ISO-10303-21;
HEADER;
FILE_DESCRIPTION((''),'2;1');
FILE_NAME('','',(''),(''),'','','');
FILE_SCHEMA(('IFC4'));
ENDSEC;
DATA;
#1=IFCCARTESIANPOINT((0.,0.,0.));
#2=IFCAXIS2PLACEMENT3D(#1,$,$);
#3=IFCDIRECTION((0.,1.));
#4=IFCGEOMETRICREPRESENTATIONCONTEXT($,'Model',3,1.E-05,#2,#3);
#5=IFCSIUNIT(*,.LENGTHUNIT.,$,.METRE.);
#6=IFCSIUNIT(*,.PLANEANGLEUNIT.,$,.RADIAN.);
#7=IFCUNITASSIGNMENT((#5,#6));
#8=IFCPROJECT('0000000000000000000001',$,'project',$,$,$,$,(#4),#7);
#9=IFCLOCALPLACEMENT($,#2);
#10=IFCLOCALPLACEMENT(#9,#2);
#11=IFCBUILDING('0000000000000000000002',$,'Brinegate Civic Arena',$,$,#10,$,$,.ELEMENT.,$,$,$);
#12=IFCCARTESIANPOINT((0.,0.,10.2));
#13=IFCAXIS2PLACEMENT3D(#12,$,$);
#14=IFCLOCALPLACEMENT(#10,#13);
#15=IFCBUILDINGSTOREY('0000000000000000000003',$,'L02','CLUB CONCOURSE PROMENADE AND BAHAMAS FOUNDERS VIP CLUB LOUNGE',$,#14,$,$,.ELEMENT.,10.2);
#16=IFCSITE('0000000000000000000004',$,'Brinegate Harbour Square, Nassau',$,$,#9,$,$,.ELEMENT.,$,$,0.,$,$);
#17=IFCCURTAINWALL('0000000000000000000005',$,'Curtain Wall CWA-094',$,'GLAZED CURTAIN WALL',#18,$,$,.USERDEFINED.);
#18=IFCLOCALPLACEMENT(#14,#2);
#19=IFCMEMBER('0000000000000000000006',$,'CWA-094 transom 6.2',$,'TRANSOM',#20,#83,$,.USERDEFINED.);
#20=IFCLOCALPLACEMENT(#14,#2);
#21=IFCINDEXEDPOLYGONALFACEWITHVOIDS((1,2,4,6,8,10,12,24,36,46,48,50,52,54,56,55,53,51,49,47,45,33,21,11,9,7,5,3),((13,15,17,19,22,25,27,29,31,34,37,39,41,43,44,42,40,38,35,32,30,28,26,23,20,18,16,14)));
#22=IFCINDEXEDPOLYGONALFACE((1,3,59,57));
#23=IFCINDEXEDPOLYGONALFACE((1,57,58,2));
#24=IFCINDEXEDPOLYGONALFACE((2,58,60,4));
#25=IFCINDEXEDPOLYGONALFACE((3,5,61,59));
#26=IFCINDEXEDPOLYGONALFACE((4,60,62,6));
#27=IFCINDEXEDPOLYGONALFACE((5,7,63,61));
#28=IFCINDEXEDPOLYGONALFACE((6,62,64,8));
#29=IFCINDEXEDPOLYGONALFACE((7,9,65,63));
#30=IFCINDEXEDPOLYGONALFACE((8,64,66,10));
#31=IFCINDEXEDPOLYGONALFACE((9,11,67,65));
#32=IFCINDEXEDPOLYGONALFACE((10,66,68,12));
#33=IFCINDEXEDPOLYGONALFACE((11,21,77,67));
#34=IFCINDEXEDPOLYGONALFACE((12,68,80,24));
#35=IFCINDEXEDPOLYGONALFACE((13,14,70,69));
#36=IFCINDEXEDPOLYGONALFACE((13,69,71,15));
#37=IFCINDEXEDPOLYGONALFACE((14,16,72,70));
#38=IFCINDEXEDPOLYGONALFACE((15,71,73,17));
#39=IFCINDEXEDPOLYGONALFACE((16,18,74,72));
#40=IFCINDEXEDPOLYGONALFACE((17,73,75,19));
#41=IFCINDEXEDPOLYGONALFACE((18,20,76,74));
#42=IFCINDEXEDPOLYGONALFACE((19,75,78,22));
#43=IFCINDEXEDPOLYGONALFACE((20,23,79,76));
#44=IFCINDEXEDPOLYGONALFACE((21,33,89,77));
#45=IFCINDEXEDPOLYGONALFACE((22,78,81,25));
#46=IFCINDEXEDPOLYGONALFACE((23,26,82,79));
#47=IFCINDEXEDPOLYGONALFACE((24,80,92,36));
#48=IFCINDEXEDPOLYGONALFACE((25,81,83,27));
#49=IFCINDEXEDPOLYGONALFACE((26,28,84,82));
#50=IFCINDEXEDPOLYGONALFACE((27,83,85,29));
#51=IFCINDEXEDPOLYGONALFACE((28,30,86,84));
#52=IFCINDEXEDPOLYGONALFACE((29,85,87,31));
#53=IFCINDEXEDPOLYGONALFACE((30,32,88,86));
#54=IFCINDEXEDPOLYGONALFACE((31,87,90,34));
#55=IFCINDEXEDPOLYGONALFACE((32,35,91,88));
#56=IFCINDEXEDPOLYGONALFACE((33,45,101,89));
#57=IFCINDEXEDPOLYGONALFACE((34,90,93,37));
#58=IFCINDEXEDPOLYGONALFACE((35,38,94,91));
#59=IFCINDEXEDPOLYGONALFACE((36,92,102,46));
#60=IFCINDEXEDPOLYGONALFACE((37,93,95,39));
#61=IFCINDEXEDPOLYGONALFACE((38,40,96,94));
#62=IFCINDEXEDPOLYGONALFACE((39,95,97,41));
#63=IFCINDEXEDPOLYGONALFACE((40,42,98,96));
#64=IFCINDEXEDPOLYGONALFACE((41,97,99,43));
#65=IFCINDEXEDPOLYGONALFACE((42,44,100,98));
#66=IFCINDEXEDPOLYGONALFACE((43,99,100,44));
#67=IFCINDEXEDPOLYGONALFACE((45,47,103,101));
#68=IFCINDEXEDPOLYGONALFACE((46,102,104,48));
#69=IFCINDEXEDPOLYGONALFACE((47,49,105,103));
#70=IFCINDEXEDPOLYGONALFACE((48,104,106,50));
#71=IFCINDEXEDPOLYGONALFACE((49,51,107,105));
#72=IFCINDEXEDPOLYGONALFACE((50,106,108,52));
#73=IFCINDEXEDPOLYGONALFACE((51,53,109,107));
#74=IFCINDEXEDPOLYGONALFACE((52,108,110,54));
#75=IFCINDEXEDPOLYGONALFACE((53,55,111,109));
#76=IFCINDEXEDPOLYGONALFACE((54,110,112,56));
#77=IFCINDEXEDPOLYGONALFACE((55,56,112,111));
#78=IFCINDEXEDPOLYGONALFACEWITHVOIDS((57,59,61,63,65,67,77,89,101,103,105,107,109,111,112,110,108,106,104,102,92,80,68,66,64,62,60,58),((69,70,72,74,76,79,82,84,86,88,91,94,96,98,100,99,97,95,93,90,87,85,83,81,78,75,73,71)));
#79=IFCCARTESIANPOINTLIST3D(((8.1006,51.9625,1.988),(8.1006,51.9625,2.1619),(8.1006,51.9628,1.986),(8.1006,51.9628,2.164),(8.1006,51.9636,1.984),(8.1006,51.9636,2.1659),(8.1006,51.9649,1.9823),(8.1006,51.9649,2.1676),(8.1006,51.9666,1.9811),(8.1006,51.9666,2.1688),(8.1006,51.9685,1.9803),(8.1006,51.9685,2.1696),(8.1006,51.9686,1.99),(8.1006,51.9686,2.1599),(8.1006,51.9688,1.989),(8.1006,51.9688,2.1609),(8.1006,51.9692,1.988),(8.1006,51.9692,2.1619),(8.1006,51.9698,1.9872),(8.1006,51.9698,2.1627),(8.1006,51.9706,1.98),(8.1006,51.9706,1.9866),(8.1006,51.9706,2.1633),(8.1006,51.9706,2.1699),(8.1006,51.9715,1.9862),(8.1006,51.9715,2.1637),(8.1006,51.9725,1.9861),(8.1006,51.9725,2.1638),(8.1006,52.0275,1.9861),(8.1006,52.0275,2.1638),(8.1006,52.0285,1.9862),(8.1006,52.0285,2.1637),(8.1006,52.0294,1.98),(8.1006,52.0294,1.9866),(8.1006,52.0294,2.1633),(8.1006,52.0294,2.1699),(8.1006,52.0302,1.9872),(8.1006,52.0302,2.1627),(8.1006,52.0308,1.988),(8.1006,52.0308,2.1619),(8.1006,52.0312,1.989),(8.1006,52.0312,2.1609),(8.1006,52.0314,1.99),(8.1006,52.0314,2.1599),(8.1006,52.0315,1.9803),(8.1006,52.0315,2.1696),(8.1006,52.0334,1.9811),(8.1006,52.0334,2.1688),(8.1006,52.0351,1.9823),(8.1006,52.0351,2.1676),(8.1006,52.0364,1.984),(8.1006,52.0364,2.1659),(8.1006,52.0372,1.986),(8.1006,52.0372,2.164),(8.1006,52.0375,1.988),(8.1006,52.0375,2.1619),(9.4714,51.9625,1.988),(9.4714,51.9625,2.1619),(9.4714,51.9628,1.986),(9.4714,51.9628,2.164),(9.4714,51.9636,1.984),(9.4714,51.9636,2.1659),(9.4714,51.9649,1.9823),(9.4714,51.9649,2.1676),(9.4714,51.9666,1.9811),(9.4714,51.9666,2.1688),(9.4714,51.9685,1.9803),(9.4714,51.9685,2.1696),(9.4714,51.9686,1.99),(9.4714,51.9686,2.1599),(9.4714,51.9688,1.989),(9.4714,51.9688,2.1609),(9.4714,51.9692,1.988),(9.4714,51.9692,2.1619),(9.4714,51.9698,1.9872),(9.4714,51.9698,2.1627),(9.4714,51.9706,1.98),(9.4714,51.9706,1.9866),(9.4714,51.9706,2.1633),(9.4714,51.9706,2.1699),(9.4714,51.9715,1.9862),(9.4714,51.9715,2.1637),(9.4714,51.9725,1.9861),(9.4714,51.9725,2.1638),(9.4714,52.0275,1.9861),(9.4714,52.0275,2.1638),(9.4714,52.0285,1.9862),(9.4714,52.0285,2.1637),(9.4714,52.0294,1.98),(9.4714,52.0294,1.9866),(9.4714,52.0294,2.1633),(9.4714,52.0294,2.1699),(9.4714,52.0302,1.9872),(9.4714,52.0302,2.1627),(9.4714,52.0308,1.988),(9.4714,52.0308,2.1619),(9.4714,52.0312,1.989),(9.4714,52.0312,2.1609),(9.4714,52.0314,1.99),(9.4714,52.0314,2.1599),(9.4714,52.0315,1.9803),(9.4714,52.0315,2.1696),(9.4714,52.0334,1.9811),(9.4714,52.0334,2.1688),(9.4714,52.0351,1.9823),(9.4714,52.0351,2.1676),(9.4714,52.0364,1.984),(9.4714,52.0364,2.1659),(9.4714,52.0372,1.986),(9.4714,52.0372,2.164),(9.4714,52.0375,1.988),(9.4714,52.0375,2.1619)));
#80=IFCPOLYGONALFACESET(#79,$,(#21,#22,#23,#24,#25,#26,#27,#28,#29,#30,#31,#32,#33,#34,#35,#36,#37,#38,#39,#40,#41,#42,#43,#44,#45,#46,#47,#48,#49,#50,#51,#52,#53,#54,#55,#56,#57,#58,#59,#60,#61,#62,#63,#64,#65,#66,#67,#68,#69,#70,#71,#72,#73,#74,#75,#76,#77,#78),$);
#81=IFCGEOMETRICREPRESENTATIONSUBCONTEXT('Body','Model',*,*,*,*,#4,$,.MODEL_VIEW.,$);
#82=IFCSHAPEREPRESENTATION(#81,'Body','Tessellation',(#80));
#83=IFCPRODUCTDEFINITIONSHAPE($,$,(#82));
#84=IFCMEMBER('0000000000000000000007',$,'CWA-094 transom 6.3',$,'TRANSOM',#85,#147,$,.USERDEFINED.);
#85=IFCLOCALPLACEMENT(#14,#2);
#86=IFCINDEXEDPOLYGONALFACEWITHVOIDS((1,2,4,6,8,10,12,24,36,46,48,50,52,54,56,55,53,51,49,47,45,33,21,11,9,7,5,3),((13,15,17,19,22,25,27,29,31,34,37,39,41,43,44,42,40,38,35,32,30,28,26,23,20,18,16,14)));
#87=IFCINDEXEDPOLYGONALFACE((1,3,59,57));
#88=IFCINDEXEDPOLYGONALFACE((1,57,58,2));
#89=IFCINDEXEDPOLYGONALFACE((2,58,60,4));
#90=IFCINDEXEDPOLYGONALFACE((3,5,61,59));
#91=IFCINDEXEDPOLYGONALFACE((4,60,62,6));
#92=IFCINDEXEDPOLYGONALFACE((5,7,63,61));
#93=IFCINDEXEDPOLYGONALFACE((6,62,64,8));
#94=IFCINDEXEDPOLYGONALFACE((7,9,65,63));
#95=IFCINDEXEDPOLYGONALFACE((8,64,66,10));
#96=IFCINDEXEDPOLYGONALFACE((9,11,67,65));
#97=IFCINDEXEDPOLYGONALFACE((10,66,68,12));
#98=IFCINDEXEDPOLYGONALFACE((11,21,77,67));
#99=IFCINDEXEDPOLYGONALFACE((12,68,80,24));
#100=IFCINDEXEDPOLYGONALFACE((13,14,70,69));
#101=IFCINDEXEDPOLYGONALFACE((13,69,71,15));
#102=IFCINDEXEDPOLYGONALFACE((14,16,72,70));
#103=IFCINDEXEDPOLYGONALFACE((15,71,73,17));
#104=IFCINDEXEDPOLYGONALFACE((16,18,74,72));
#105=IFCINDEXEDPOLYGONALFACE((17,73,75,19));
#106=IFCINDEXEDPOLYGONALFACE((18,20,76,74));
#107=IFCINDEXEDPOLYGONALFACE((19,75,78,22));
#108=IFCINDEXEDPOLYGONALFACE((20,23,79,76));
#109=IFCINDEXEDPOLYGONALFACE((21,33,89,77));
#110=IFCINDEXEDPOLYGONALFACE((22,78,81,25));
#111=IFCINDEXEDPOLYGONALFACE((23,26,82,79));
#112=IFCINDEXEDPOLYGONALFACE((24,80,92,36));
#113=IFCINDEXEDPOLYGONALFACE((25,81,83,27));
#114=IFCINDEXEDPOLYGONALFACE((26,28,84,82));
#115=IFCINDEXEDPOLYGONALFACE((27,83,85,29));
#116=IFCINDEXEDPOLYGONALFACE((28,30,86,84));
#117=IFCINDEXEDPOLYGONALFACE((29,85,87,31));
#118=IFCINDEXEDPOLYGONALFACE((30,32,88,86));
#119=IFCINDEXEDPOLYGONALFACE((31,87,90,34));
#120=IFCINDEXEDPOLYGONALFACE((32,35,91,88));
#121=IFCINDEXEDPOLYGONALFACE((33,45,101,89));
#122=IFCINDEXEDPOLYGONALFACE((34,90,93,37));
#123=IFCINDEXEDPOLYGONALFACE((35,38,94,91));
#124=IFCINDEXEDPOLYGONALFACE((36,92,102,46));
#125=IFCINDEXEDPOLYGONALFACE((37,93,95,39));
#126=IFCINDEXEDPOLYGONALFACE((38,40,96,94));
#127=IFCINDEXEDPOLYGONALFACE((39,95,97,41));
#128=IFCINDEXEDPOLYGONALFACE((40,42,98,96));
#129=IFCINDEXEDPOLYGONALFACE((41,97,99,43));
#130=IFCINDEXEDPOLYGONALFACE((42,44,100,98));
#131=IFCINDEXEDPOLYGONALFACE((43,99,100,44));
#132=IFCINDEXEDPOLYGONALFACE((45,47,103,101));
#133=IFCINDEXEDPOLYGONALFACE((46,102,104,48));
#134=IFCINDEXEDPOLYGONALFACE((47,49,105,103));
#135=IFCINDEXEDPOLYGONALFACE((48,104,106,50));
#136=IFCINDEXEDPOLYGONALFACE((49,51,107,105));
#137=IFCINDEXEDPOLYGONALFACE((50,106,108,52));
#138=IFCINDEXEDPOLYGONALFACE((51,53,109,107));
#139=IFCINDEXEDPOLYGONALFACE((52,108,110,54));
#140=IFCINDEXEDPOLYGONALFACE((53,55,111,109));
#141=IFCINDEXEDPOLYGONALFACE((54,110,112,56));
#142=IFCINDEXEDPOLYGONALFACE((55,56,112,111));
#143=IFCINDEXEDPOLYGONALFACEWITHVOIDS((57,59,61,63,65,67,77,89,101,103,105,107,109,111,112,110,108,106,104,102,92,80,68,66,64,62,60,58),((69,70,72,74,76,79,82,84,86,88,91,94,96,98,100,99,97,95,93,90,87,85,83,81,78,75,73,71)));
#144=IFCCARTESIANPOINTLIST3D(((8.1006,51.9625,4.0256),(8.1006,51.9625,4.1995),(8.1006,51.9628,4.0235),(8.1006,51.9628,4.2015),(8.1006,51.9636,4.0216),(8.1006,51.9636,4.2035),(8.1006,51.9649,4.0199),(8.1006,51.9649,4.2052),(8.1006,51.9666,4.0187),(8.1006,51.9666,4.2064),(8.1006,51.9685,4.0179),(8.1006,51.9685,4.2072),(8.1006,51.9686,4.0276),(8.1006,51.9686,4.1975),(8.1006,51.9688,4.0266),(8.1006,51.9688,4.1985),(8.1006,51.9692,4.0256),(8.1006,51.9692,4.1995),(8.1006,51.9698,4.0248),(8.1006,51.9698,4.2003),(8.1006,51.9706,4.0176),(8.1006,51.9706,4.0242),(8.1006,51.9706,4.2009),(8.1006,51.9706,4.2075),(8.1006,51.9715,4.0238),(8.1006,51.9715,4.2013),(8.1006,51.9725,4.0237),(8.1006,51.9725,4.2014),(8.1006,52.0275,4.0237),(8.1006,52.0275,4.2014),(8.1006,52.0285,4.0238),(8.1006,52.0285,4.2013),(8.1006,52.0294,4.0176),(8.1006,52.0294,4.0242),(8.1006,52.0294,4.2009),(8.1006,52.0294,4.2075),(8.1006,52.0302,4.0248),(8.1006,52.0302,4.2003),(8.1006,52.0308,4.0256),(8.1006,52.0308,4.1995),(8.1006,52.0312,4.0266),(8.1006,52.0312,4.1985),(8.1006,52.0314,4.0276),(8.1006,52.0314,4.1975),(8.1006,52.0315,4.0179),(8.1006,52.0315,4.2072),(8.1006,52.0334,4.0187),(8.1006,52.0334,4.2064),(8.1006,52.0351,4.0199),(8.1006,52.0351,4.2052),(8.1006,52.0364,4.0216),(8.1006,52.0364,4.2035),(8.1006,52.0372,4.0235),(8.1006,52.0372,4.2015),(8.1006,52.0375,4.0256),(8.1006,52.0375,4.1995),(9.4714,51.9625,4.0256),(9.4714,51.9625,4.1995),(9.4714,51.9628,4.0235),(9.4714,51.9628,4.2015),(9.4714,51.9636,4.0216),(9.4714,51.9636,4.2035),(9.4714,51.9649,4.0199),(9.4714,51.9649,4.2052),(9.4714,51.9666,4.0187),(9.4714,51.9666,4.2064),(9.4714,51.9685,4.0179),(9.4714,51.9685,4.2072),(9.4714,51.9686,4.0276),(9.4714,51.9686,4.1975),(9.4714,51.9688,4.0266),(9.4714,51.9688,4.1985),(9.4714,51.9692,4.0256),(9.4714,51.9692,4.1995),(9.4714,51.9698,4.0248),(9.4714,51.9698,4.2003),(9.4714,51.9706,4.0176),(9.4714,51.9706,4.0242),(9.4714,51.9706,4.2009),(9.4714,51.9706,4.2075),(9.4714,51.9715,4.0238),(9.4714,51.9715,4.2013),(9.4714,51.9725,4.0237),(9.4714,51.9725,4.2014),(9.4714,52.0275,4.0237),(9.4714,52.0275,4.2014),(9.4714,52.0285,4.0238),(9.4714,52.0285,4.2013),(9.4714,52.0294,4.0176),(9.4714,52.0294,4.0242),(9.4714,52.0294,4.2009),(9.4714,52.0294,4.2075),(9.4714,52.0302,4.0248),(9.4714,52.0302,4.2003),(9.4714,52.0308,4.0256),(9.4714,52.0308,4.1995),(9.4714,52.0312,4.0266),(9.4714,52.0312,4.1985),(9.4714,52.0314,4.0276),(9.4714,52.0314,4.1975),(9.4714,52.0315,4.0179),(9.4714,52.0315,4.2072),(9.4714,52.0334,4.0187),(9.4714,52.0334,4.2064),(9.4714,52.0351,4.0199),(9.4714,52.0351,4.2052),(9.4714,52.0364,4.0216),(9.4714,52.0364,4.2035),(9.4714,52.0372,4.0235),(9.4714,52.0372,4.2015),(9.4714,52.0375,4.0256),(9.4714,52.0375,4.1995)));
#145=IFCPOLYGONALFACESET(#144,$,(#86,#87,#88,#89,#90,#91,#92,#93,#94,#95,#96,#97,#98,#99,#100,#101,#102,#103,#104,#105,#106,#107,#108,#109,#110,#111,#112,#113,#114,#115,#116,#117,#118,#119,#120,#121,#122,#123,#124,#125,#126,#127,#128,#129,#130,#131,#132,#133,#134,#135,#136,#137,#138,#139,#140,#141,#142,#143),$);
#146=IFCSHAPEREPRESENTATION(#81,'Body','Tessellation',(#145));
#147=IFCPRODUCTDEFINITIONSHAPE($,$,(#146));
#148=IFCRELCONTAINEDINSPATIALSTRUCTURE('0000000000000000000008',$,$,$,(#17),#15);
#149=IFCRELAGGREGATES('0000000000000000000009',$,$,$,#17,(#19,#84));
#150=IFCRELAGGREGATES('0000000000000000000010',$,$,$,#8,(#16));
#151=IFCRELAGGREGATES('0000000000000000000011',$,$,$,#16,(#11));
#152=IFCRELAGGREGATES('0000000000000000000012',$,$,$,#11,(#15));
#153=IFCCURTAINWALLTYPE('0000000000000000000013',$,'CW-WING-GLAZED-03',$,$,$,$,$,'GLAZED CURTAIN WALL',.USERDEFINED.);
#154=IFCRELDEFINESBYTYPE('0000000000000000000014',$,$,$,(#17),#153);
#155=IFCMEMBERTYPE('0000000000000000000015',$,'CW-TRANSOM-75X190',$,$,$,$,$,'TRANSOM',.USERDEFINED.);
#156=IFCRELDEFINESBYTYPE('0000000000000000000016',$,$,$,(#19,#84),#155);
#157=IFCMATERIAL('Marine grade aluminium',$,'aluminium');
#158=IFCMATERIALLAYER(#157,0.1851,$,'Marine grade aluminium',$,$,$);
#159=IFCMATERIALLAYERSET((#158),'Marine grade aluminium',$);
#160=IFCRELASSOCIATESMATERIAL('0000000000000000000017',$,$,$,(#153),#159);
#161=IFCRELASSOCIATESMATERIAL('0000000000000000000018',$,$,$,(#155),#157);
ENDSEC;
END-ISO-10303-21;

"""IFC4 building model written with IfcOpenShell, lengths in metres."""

from ifc_helpers import new_model, si_unit, direction, frame, origin, origin_2d, place, context, subcontext, project, spatial, hollow_rectangle, extrude, material, layer, layer_set, material_profile, profile_set, type_object, element, aggregate, save


model = new_model("IFC4")

# Units and contexts
model_context = context("Model", 3, precision=1e-05, world=origin(), true_north=direction((0.0, 1.0)))
body_context = subcontext(model_context, "Body", "Model", "MODEL_VIEW")
ifc_project = project(units=[si_unit("LENGTHUNIT", "METRE"), si_unit("PLANEANGLEUNIT", "RADIAN")], contexts=[model_context])

# Site, building, storey
site_placement = place(None, origin())
site = spatial("IfcSite", under=ifc_project, at=site_placement, Name="Brinegate Harbour Square, Nassau", CompositionType="ELEMENT", RefElevation=0.0)
building_placement = place(site_placement, origin())
building = spatial("IfcBuilding", under=site, at=building_placement, Name="Brinegate Civic Arena", CompositionType="ELEMENT")
storey_placement = place(building_placement, frame((0.0, 0.0, 10.2)))
storey = spatial("IfcBuildingStorey", under=building, at=storey_placement, Name="L02", Description="CLUB CONCOURSE PROMENADE AND BAHAMAS FOUNDERS VIP CLUB LOUNGE", CompositionType="ELEMENT", Elevation=10.2)

# Curtain wall, members
ifc_material_1 = material(Name="Marine grade aluminium", Category="aluminium")
ifc_layer_1 = layer(ifc_material_1, 0.1851, Name="Marine grade aluminium")
ifc_layer_set_1 = layer_set([ifc_layer_1], Name="Marine grade aluminium")
curtain_wall_type = type_object("IfcCurtainWallType", Name="CW-WING-GLAZED-03", ElementType="GLAZED CURTAIN WALL", PredefinedType="USERDEFINED", material=ifc_layer_set_1)
curtain_wall_placement = place(storey_placement, origin())
curtain_wall = element("IfcCurtainWall", 1, at=curtain_wall_placement, inside=storey, type_object=curtain_wall_type, Name="Curtain Wall CWA-094", ObjectType="GLAZED CURTAIN WALL", PredefinedType="USERDEFINED")
ifc_material_profile_1 = material_profile(ifc_material_1, hollow_rectangle(XDim=0.075, YDim=0.1899, WallThickness=0.0061, InnerFilletRadius=0.0039, OuterFilletRadius=0.0081, at=origin_2d()), Name="TRN75X190")
ifc_profile_set_1 = profile_set([ifc_material_profile_1], Name="Marine grade aluminium")
member_type_1 = type_object("IfcMemberType", Name="CW-TRANSOM-75X190", ElementType="TRANSOM", PredefinedType="USERDEFINED", material=ifc_profile_set_1)
member_1_placement = place(storey_placement, frame((8.1006, 52.0, 2.075), z_axis=(1.0, 0.0, 0.0), x_axis=(0.0, 1.0, 0.0)))
member_1 = element("IfcMember", 2, at=member_1_placement, type_object=member_type_1, Name="CWA-094 transom 6.2", ObjectType="TRANSOM", PredefinedType="USERDEFINED", context=body_context, shape_type="SweptSolid", body=[
    extrude(hollow_rectangle(XDim=0.075, YDim=0.1899, WallThickness=0.0061, InnerFilletRadius=0.0039, OuterFilletRadius=0.0081, at=origin_2d()), origin(), (0.0, 0.0, 1.0), 1.3708),
])
member_2_placement = place(storey_placement, frame((8.1006, 52.0, 4.1125), z_axis=(1.0, 0.0, 0.0), x_axis=(0.0, 1.0, 0.0)))
member_2 = element("IfcMember", 3, at=member_2_placement, type_object=member_type_1, Name="CWA-094 transom 6.3", ObjectType="TRANSOM", PredefinedType="USERDEFINED", context=body_context, shape_type="SweptSolid", body=[
    extrude(hollow_rectangle(XDim=0.075, YDim=0.1899, WallThickness=0.0061, InnerFilletRadius=0.0039, OuterFilletRadius=0.0081, at=origin_2d()), origin(), (0.0, 0.0, 1.0), 1.3708),
])

aggregate(curtain_wall, [member_1, member_2])

save(model, "model.ifc")
